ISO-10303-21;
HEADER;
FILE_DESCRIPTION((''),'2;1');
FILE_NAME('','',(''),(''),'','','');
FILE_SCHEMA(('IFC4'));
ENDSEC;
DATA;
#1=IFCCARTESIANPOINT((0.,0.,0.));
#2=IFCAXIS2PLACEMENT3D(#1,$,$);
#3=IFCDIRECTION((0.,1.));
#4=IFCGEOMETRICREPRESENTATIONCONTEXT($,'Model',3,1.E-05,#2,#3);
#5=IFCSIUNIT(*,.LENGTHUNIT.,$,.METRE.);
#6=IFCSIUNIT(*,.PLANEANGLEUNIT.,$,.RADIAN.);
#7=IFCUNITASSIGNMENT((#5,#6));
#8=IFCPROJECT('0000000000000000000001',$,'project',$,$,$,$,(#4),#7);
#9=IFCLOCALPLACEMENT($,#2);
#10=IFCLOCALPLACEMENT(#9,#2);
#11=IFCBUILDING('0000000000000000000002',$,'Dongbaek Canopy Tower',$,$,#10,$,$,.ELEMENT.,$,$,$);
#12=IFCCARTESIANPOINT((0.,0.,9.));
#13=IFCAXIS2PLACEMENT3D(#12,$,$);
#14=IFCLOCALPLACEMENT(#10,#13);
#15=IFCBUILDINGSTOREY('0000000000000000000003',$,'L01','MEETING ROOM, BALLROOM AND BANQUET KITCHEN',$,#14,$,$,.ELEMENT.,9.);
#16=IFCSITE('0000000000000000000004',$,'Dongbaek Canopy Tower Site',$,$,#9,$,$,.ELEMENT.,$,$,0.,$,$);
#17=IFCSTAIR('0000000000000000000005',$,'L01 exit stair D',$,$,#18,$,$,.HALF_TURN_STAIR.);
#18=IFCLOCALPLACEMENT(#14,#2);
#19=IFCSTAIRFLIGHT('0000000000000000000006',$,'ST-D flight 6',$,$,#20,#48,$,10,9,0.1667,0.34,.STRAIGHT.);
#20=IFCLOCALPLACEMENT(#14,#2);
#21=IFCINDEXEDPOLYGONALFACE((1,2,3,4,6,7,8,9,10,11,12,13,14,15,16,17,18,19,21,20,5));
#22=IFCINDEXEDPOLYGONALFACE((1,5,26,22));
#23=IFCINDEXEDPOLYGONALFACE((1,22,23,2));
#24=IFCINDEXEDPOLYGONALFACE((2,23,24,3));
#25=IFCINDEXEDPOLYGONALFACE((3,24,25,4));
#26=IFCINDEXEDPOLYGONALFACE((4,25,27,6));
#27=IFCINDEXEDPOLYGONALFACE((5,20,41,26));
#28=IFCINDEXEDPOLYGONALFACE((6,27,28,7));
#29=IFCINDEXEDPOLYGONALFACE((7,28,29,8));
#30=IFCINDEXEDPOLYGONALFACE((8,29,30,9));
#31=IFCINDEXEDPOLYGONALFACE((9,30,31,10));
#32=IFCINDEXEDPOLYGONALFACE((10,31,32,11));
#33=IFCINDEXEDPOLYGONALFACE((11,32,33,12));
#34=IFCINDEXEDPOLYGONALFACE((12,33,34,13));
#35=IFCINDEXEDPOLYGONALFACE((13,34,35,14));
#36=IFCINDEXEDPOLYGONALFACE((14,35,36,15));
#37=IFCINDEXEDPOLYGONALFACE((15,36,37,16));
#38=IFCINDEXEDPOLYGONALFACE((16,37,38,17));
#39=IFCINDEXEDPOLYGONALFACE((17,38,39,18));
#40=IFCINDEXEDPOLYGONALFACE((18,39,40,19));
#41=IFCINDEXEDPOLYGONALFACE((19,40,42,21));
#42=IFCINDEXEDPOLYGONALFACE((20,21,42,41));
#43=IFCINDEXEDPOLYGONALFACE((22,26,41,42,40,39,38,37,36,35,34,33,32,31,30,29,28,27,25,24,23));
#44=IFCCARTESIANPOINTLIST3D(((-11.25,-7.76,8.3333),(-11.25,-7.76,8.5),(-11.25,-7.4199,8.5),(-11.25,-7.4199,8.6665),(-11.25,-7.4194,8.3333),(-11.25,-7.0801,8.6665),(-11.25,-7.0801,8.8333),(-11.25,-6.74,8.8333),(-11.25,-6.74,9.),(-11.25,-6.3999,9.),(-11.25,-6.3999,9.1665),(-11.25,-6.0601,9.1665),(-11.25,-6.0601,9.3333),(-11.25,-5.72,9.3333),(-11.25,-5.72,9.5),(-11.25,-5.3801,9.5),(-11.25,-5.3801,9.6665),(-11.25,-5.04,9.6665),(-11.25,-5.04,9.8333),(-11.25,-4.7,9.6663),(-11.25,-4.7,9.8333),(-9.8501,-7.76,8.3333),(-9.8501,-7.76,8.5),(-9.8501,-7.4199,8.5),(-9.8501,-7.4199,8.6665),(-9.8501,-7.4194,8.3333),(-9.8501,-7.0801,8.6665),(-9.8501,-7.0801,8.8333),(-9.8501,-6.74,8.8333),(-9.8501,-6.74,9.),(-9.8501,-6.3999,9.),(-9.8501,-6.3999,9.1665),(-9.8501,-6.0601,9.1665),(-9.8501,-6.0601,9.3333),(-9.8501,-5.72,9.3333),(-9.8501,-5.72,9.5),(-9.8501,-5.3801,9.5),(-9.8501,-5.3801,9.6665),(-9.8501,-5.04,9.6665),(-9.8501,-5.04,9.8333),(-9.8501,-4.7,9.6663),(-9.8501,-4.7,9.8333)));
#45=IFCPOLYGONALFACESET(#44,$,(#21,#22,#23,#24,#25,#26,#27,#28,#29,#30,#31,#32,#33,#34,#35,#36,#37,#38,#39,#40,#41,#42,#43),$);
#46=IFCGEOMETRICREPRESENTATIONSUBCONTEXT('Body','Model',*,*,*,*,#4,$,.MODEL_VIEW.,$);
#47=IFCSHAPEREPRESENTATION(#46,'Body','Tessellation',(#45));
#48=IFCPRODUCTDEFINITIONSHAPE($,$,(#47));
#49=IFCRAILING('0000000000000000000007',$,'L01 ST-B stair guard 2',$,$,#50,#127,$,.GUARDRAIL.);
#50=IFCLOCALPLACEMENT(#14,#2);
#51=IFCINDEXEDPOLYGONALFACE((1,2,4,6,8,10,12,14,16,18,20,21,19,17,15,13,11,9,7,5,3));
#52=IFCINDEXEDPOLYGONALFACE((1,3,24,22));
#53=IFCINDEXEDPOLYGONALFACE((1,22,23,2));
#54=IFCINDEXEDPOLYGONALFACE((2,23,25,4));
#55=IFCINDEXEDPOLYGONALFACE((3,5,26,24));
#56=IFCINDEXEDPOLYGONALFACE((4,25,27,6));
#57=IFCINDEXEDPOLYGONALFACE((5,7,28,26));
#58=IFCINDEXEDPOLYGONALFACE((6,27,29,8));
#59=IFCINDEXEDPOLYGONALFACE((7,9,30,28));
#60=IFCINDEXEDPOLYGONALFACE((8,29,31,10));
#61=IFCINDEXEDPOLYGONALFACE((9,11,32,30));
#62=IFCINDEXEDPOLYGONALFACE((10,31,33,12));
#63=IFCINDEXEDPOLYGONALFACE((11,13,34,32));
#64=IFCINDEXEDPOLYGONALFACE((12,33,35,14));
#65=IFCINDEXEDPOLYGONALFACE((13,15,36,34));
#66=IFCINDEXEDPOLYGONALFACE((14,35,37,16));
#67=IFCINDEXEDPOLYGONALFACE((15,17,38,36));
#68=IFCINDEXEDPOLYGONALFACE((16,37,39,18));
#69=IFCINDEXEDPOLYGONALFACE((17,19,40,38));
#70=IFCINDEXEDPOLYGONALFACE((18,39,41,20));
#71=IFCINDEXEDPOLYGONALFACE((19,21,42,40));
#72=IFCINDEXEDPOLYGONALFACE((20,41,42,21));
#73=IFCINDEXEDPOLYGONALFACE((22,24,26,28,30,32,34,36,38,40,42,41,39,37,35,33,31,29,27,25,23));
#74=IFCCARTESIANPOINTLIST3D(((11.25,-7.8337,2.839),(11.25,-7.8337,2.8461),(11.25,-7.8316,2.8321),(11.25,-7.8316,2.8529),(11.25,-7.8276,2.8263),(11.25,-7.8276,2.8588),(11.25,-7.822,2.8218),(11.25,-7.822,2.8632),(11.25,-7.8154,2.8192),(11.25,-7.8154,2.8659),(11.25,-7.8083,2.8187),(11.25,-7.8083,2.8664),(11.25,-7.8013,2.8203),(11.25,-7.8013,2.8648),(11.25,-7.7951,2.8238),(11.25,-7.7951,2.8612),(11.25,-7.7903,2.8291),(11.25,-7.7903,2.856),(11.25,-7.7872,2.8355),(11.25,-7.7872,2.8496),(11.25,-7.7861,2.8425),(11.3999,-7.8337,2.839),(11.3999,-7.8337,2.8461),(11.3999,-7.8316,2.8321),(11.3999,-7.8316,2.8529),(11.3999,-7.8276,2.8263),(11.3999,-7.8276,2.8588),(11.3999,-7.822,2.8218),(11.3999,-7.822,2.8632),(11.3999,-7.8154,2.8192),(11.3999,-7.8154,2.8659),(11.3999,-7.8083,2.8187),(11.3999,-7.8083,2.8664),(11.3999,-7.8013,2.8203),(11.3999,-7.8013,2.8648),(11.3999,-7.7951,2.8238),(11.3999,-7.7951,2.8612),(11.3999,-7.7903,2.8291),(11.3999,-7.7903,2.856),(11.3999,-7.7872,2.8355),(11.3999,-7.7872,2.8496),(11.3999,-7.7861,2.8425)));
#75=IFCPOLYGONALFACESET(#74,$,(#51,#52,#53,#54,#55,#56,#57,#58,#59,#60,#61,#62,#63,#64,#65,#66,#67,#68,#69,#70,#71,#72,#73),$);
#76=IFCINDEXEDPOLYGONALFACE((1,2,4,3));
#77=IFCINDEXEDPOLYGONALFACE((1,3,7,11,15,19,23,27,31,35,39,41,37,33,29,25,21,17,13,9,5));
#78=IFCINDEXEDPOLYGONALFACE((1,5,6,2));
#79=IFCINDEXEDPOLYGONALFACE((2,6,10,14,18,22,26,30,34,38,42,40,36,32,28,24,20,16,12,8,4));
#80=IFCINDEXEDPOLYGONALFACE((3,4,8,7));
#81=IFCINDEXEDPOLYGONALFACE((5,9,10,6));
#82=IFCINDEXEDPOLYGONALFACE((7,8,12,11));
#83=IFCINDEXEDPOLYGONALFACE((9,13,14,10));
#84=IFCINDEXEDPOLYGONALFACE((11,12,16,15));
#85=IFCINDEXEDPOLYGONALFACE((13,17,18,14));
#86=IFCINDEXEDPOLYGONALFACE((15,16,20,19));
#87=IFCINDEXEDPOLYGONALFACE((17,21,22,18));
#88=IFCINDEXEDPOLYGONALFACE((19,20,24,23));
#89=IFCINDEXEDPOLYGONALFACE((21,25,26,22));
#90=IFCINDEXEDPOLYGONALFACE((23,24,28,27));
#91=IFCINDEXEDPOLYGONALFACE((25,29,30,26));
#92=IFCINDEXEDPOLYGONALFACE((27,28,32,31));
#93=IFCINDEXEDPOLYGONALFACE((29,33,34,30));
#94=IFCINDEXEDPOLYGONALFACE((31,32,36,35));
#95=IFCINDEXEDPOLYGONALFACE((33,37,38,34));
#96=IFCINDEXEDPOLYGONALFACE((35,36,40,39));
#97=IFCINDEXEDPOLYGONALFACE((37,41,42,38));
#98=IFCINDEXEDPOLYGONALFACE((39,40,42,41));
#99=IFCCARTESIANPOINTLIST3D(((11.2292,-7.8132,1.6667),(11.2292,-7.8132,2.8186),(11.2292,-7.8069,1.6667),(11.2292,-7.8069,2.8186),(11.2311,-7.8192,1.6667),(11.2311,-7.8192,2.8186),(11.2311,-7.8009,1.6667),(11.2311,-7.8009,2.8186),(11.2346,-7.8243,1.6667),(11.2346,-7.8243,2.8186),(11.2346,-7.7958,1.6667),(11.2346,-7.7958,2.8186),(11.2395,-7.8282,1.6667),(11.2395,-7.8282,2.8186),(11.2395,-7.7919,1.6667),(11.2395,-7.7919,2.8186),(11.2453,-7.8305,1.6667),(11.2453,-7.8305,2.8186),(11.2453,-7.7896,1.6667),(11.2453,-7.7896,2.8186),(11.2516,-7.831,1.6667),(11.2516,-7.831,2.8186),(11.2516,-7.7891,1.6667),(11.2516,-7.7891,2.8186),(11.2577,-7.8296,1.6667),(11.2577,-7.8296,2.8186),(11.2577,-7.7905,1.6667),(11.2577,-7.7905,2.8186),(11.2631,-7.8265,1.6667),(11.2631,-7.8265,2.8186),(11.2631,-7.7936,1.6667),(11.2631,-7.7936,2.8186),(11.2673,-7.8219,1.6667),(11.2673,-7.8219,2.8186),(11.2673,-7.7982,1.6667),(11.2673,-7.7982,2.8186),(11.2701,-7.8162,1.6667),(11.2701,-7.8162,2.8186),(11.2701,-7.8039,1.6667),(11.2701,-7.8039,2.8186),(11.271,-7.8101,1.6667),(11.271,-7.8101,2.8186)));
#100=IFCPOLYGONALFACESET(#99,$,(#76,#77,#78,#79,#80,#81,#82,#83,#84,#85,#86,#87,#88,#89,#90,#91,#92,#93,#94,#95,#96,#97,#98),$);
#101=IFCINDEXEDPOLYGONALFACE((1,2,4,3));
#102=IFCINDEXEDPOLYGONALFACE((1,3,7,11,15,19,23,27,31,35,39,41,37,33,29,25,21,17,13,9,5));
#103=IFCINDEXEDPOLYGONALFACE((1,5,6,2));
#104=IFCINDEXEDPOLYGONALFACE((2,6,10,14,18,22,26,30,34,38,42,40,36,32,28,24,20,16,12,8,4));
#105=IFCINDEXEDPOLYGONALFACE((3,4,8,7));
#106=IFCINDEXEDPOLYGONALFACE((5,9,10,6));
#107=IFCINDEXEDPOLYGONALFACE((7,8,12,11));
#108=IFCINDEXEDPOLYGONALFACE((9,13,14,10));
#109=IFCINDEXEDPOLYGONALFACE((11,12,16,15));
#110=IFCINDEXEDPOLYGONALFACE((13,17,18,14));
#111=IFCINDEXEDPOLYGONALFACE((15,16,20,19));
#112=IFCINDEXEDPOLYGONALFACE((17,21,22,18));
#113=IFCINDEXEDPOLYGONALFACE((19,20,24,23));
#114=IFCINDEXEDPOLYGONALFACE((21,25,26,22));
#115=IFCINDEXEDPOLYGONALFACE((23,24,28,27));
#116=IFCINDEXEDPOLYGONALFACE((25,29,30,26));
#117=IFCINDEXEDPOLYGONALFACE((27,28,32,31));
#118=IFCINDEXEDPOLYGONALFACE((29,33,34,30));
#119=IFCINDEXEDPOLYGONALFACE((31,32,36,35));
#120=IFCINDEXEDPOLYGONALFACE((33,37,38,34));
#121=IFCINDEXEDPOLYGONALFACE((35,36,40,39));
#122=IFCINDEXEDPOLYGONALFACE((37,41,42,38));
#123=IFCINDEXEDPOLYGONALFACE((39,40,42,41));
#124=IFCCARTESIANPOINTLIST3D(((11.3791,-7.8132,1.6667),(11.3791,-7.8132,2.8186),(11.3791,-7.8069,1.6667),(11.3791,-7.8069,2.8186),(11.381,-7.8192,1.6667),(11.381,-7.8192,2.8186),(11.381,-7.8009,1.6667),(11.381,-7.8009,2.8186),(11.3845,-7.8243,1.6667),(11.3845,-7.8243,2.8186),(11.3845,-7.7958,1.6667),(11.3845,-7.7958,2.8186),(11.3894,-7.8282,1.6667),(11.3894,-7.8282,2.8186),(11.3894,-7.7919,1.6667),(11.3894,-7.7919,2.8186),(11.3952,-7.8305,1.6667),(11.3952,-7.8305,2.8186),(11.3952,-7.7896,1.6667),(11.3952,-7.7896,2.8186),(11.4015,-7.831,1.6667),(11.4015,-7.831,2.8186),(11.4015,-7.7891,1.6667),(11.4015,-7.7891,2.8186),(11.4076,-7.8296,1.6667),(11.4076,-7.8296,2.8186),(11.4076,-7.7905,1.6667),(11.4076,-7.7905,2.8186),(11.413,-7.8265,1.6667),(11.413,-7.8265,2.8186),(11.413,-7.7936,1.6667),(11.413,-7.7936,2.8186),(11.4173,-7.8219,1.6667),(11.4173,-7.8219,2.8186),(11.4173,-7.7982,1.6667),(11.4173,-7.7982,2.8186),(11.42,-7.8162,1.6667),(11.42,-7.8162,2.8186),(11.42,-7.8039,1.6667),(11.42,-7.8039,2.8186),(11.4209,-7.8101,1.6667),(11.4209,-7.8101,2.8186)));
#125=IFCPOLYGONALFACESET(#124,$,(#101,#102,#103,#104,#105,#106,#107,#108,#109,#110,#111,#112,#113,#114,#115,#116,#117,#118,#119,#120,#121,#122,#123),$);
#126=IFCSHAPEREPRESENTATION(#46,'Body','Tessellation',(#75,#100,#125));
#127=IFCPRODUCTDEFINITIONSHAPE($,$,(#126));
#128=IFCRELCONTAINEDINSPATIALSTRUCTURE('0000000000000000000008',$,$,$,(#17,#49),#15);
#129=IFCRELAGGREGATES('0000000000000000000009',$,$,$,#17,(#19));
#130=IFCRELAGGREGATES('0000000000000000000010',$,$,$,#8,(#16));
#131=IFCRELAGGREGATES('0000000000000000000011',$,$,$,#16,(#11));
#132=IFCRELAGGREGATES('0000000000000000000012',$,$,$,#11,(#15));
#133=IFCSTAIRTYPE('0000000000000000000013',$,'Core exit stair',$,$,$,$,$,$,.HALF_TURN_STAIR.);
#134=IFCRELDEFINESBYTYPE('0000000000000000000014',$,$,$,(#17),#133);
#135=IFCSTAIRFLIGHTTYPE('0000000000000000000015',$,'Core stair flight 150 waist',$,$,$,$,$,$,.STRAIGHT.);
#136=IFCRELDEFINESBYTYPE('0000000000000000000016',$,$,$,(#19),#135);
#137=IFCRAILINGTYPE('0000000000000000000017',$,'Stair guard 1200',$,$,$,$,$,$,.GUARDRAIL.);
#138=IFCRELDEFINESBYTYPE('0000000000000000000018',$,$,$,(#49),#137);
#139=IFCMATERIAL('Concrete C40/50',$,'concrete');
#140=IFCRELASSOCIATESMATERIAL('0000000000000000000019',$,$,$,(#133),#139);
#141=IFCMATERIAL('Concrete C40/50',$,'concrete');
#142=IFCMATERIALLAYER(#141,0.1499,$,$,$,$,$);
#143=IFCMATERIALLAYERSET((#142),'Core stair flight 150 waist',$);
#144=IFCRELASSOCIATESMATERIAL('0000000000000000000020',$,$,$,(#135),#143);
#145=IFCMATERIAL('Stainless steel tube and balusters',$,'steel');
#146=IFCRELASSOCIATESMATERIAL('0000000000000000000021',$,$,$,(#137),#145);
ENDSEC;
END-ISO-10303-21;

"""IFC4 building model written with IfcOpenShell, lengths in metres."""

from ifc_helpers import new_model, si_unit, direction, frame, origin, origin_2d, place, context, subcontext, project, spatial, polyline, circle, outline, extrude, material, layer, layer_set, type_object, element, aggregate, save


model = new_model("IFC4")

# Units and contexts
model_context = context("Model", 3, precision=1e-05, world=origin(), true_north=direction((0.0, 1.0)))
body_context = subcontext(model_context, "Body", "Model", "MODEL_VIEW")
ifc_project = project(units=[si_unit("LENGTHUNIT", "METRE"), si_unit("PLANEANGLEUNIT", "RADIAN")], contexts=[model_context])

# Site, building, storey
site_placement = place(None, origin())
site = spatial("IfcSite", under=ifc_project, at=site_placement, Name="Dongbaek Canopy Tower Site", CompositionType="ELEMENT", RefElevation=0.0)
building_placement = place(site_placement, origin())
building = spatial("IfcBuilding", under=site, at=building_placement, Name="Dongbaek Canopy Tower", CompositionType="ELEMENT")
storey_placement = place(building_placement, frame((0.0, 0.0, 9.0)))
storey = spatial("IfcBuildingStorey", under=building, at=storey_placement, Name="L01", Description="MEETING ROOM, BALLROOM AND BANQUET KITCHEN", CompositionType="ELEMENT", Elevation=9.0)

# Stair, stair flight
ifc_material_1 = material(Name="Concrete C40/50", Category="concrete")
stair_type = type_object("IfcStairType", Name="Core exit stair", PredefinedType="HALF_TURN_STAIR", material=ifc_material_1)
stair_placement = place(storey_placement, origin())
stair = element("IfcStair", 1, at=stair_placement, inside=storey, type_object=stair_type, Name="L01 exit stair D", PredefinedType="HALF_TURN_STAIR")
ifc_material_2 = material(Name="Concrete C40/50", Category="concrete")
ifc_layer_1 = layer(ifc_material_2, 0.1499)
ifc_layer_set_1 = layer_set([ifc_layer_1], Name="Core stair flight 150 waist")
stair_flight_type = type_object("IfcStairFlightType", Name="Core stair flight 150 waist", PredefinedType="STRAIGHT", material=ifc_layer_set_1)
stair_flight_1_placement = place(storey_placement, frame((-10.55, -7.76, 8.3333), z_axis=(0.0, 0.0, 1.0), x_axis=(0.0, 1.0, 0.0)))
stair_flight_1 = element("IfcStairFlight", 2, at=stair_flight_1_placement, type_object=stair_flight_type, Name="ST-D flight 6", NumberOfRisers=10, NumberOfTreads=9, PredefinedType="STRAIGHT", RiserHeight=0.1667, TreadLength=0.34, context=body_context, shape_type="SweptSolid", body=[
    extrude(outline(polyline([(0.0, 0.0), (0.0, 0.1667), (0.3401, 0.1667), (0.3401, 0.3333), (0.6799, 0.3333), (0.6799, 0.5), (1.02, 0.5), (1.02, 0.6667), (1.3601, 0.6667), (1.3601, 0.8333), (1.7, 0.8333), (1.7, 1.0), (2.04, 1.0), (2.04, 1.1667), (2.3799, 1.1667), (2.3799, 1.3333), (2.72, 1.3333), (2.72, 1.5), (3.0601, 1.5), (3.0601, 1.6667), (3.0601, 1.333), (0.3406, 0.0), (0.0, 0.0)])), frame((0.0, 0.7, 0.0), z_axis=(0.0, -1.0, 0.0), x_axis=(1.0, 0.0, 0.0)), (0.0, 0.0, 1.0), 1.3999),
])
aggregate(stair, [stair_flight_1])

# Railing
ifc_material_3 = material(Name="Stainless steel tube and balusters", Category="steel")
railing_type_1 = type_object("IfcRailingType", Name="Stair guard 1200", PredefinedType="GUARDRAIL", material=ifc_material_3)
railing_1_placement = place(storey_placement, frame((11.25, -7.8101, 1.6667)))
element("IfcRailing", 3, at=railing_1_placement, inside=storey, type_object=railing_type_1, Name="L01 ST-B stair guard 2", PredefinedType="GUARDRAIL", context=body_context, shape_type="SweptSolid", body=[
    extrude(circle(Radius=0.0239, at=origin_2d()), frame((0.0, 0.0, 1.1758), z_axis=(1.0, 0.0, 0.0), x_axis=(0.0, 1.0, 0.0)), (0.0, 0.0, 1.0), 0.1499),
    extrude(circle(Radius=0.021, at=origin_2d()), origin(), (0.0, 0.0, 1.0), 1.1519),
    extrude(circle(Radius=0.021, at=origin_2d()), frame((0.1499, 0.0, 0.0)), (0.0, 0.0, 1.0), 1.1519),
])

save(model, "model.ifc")
